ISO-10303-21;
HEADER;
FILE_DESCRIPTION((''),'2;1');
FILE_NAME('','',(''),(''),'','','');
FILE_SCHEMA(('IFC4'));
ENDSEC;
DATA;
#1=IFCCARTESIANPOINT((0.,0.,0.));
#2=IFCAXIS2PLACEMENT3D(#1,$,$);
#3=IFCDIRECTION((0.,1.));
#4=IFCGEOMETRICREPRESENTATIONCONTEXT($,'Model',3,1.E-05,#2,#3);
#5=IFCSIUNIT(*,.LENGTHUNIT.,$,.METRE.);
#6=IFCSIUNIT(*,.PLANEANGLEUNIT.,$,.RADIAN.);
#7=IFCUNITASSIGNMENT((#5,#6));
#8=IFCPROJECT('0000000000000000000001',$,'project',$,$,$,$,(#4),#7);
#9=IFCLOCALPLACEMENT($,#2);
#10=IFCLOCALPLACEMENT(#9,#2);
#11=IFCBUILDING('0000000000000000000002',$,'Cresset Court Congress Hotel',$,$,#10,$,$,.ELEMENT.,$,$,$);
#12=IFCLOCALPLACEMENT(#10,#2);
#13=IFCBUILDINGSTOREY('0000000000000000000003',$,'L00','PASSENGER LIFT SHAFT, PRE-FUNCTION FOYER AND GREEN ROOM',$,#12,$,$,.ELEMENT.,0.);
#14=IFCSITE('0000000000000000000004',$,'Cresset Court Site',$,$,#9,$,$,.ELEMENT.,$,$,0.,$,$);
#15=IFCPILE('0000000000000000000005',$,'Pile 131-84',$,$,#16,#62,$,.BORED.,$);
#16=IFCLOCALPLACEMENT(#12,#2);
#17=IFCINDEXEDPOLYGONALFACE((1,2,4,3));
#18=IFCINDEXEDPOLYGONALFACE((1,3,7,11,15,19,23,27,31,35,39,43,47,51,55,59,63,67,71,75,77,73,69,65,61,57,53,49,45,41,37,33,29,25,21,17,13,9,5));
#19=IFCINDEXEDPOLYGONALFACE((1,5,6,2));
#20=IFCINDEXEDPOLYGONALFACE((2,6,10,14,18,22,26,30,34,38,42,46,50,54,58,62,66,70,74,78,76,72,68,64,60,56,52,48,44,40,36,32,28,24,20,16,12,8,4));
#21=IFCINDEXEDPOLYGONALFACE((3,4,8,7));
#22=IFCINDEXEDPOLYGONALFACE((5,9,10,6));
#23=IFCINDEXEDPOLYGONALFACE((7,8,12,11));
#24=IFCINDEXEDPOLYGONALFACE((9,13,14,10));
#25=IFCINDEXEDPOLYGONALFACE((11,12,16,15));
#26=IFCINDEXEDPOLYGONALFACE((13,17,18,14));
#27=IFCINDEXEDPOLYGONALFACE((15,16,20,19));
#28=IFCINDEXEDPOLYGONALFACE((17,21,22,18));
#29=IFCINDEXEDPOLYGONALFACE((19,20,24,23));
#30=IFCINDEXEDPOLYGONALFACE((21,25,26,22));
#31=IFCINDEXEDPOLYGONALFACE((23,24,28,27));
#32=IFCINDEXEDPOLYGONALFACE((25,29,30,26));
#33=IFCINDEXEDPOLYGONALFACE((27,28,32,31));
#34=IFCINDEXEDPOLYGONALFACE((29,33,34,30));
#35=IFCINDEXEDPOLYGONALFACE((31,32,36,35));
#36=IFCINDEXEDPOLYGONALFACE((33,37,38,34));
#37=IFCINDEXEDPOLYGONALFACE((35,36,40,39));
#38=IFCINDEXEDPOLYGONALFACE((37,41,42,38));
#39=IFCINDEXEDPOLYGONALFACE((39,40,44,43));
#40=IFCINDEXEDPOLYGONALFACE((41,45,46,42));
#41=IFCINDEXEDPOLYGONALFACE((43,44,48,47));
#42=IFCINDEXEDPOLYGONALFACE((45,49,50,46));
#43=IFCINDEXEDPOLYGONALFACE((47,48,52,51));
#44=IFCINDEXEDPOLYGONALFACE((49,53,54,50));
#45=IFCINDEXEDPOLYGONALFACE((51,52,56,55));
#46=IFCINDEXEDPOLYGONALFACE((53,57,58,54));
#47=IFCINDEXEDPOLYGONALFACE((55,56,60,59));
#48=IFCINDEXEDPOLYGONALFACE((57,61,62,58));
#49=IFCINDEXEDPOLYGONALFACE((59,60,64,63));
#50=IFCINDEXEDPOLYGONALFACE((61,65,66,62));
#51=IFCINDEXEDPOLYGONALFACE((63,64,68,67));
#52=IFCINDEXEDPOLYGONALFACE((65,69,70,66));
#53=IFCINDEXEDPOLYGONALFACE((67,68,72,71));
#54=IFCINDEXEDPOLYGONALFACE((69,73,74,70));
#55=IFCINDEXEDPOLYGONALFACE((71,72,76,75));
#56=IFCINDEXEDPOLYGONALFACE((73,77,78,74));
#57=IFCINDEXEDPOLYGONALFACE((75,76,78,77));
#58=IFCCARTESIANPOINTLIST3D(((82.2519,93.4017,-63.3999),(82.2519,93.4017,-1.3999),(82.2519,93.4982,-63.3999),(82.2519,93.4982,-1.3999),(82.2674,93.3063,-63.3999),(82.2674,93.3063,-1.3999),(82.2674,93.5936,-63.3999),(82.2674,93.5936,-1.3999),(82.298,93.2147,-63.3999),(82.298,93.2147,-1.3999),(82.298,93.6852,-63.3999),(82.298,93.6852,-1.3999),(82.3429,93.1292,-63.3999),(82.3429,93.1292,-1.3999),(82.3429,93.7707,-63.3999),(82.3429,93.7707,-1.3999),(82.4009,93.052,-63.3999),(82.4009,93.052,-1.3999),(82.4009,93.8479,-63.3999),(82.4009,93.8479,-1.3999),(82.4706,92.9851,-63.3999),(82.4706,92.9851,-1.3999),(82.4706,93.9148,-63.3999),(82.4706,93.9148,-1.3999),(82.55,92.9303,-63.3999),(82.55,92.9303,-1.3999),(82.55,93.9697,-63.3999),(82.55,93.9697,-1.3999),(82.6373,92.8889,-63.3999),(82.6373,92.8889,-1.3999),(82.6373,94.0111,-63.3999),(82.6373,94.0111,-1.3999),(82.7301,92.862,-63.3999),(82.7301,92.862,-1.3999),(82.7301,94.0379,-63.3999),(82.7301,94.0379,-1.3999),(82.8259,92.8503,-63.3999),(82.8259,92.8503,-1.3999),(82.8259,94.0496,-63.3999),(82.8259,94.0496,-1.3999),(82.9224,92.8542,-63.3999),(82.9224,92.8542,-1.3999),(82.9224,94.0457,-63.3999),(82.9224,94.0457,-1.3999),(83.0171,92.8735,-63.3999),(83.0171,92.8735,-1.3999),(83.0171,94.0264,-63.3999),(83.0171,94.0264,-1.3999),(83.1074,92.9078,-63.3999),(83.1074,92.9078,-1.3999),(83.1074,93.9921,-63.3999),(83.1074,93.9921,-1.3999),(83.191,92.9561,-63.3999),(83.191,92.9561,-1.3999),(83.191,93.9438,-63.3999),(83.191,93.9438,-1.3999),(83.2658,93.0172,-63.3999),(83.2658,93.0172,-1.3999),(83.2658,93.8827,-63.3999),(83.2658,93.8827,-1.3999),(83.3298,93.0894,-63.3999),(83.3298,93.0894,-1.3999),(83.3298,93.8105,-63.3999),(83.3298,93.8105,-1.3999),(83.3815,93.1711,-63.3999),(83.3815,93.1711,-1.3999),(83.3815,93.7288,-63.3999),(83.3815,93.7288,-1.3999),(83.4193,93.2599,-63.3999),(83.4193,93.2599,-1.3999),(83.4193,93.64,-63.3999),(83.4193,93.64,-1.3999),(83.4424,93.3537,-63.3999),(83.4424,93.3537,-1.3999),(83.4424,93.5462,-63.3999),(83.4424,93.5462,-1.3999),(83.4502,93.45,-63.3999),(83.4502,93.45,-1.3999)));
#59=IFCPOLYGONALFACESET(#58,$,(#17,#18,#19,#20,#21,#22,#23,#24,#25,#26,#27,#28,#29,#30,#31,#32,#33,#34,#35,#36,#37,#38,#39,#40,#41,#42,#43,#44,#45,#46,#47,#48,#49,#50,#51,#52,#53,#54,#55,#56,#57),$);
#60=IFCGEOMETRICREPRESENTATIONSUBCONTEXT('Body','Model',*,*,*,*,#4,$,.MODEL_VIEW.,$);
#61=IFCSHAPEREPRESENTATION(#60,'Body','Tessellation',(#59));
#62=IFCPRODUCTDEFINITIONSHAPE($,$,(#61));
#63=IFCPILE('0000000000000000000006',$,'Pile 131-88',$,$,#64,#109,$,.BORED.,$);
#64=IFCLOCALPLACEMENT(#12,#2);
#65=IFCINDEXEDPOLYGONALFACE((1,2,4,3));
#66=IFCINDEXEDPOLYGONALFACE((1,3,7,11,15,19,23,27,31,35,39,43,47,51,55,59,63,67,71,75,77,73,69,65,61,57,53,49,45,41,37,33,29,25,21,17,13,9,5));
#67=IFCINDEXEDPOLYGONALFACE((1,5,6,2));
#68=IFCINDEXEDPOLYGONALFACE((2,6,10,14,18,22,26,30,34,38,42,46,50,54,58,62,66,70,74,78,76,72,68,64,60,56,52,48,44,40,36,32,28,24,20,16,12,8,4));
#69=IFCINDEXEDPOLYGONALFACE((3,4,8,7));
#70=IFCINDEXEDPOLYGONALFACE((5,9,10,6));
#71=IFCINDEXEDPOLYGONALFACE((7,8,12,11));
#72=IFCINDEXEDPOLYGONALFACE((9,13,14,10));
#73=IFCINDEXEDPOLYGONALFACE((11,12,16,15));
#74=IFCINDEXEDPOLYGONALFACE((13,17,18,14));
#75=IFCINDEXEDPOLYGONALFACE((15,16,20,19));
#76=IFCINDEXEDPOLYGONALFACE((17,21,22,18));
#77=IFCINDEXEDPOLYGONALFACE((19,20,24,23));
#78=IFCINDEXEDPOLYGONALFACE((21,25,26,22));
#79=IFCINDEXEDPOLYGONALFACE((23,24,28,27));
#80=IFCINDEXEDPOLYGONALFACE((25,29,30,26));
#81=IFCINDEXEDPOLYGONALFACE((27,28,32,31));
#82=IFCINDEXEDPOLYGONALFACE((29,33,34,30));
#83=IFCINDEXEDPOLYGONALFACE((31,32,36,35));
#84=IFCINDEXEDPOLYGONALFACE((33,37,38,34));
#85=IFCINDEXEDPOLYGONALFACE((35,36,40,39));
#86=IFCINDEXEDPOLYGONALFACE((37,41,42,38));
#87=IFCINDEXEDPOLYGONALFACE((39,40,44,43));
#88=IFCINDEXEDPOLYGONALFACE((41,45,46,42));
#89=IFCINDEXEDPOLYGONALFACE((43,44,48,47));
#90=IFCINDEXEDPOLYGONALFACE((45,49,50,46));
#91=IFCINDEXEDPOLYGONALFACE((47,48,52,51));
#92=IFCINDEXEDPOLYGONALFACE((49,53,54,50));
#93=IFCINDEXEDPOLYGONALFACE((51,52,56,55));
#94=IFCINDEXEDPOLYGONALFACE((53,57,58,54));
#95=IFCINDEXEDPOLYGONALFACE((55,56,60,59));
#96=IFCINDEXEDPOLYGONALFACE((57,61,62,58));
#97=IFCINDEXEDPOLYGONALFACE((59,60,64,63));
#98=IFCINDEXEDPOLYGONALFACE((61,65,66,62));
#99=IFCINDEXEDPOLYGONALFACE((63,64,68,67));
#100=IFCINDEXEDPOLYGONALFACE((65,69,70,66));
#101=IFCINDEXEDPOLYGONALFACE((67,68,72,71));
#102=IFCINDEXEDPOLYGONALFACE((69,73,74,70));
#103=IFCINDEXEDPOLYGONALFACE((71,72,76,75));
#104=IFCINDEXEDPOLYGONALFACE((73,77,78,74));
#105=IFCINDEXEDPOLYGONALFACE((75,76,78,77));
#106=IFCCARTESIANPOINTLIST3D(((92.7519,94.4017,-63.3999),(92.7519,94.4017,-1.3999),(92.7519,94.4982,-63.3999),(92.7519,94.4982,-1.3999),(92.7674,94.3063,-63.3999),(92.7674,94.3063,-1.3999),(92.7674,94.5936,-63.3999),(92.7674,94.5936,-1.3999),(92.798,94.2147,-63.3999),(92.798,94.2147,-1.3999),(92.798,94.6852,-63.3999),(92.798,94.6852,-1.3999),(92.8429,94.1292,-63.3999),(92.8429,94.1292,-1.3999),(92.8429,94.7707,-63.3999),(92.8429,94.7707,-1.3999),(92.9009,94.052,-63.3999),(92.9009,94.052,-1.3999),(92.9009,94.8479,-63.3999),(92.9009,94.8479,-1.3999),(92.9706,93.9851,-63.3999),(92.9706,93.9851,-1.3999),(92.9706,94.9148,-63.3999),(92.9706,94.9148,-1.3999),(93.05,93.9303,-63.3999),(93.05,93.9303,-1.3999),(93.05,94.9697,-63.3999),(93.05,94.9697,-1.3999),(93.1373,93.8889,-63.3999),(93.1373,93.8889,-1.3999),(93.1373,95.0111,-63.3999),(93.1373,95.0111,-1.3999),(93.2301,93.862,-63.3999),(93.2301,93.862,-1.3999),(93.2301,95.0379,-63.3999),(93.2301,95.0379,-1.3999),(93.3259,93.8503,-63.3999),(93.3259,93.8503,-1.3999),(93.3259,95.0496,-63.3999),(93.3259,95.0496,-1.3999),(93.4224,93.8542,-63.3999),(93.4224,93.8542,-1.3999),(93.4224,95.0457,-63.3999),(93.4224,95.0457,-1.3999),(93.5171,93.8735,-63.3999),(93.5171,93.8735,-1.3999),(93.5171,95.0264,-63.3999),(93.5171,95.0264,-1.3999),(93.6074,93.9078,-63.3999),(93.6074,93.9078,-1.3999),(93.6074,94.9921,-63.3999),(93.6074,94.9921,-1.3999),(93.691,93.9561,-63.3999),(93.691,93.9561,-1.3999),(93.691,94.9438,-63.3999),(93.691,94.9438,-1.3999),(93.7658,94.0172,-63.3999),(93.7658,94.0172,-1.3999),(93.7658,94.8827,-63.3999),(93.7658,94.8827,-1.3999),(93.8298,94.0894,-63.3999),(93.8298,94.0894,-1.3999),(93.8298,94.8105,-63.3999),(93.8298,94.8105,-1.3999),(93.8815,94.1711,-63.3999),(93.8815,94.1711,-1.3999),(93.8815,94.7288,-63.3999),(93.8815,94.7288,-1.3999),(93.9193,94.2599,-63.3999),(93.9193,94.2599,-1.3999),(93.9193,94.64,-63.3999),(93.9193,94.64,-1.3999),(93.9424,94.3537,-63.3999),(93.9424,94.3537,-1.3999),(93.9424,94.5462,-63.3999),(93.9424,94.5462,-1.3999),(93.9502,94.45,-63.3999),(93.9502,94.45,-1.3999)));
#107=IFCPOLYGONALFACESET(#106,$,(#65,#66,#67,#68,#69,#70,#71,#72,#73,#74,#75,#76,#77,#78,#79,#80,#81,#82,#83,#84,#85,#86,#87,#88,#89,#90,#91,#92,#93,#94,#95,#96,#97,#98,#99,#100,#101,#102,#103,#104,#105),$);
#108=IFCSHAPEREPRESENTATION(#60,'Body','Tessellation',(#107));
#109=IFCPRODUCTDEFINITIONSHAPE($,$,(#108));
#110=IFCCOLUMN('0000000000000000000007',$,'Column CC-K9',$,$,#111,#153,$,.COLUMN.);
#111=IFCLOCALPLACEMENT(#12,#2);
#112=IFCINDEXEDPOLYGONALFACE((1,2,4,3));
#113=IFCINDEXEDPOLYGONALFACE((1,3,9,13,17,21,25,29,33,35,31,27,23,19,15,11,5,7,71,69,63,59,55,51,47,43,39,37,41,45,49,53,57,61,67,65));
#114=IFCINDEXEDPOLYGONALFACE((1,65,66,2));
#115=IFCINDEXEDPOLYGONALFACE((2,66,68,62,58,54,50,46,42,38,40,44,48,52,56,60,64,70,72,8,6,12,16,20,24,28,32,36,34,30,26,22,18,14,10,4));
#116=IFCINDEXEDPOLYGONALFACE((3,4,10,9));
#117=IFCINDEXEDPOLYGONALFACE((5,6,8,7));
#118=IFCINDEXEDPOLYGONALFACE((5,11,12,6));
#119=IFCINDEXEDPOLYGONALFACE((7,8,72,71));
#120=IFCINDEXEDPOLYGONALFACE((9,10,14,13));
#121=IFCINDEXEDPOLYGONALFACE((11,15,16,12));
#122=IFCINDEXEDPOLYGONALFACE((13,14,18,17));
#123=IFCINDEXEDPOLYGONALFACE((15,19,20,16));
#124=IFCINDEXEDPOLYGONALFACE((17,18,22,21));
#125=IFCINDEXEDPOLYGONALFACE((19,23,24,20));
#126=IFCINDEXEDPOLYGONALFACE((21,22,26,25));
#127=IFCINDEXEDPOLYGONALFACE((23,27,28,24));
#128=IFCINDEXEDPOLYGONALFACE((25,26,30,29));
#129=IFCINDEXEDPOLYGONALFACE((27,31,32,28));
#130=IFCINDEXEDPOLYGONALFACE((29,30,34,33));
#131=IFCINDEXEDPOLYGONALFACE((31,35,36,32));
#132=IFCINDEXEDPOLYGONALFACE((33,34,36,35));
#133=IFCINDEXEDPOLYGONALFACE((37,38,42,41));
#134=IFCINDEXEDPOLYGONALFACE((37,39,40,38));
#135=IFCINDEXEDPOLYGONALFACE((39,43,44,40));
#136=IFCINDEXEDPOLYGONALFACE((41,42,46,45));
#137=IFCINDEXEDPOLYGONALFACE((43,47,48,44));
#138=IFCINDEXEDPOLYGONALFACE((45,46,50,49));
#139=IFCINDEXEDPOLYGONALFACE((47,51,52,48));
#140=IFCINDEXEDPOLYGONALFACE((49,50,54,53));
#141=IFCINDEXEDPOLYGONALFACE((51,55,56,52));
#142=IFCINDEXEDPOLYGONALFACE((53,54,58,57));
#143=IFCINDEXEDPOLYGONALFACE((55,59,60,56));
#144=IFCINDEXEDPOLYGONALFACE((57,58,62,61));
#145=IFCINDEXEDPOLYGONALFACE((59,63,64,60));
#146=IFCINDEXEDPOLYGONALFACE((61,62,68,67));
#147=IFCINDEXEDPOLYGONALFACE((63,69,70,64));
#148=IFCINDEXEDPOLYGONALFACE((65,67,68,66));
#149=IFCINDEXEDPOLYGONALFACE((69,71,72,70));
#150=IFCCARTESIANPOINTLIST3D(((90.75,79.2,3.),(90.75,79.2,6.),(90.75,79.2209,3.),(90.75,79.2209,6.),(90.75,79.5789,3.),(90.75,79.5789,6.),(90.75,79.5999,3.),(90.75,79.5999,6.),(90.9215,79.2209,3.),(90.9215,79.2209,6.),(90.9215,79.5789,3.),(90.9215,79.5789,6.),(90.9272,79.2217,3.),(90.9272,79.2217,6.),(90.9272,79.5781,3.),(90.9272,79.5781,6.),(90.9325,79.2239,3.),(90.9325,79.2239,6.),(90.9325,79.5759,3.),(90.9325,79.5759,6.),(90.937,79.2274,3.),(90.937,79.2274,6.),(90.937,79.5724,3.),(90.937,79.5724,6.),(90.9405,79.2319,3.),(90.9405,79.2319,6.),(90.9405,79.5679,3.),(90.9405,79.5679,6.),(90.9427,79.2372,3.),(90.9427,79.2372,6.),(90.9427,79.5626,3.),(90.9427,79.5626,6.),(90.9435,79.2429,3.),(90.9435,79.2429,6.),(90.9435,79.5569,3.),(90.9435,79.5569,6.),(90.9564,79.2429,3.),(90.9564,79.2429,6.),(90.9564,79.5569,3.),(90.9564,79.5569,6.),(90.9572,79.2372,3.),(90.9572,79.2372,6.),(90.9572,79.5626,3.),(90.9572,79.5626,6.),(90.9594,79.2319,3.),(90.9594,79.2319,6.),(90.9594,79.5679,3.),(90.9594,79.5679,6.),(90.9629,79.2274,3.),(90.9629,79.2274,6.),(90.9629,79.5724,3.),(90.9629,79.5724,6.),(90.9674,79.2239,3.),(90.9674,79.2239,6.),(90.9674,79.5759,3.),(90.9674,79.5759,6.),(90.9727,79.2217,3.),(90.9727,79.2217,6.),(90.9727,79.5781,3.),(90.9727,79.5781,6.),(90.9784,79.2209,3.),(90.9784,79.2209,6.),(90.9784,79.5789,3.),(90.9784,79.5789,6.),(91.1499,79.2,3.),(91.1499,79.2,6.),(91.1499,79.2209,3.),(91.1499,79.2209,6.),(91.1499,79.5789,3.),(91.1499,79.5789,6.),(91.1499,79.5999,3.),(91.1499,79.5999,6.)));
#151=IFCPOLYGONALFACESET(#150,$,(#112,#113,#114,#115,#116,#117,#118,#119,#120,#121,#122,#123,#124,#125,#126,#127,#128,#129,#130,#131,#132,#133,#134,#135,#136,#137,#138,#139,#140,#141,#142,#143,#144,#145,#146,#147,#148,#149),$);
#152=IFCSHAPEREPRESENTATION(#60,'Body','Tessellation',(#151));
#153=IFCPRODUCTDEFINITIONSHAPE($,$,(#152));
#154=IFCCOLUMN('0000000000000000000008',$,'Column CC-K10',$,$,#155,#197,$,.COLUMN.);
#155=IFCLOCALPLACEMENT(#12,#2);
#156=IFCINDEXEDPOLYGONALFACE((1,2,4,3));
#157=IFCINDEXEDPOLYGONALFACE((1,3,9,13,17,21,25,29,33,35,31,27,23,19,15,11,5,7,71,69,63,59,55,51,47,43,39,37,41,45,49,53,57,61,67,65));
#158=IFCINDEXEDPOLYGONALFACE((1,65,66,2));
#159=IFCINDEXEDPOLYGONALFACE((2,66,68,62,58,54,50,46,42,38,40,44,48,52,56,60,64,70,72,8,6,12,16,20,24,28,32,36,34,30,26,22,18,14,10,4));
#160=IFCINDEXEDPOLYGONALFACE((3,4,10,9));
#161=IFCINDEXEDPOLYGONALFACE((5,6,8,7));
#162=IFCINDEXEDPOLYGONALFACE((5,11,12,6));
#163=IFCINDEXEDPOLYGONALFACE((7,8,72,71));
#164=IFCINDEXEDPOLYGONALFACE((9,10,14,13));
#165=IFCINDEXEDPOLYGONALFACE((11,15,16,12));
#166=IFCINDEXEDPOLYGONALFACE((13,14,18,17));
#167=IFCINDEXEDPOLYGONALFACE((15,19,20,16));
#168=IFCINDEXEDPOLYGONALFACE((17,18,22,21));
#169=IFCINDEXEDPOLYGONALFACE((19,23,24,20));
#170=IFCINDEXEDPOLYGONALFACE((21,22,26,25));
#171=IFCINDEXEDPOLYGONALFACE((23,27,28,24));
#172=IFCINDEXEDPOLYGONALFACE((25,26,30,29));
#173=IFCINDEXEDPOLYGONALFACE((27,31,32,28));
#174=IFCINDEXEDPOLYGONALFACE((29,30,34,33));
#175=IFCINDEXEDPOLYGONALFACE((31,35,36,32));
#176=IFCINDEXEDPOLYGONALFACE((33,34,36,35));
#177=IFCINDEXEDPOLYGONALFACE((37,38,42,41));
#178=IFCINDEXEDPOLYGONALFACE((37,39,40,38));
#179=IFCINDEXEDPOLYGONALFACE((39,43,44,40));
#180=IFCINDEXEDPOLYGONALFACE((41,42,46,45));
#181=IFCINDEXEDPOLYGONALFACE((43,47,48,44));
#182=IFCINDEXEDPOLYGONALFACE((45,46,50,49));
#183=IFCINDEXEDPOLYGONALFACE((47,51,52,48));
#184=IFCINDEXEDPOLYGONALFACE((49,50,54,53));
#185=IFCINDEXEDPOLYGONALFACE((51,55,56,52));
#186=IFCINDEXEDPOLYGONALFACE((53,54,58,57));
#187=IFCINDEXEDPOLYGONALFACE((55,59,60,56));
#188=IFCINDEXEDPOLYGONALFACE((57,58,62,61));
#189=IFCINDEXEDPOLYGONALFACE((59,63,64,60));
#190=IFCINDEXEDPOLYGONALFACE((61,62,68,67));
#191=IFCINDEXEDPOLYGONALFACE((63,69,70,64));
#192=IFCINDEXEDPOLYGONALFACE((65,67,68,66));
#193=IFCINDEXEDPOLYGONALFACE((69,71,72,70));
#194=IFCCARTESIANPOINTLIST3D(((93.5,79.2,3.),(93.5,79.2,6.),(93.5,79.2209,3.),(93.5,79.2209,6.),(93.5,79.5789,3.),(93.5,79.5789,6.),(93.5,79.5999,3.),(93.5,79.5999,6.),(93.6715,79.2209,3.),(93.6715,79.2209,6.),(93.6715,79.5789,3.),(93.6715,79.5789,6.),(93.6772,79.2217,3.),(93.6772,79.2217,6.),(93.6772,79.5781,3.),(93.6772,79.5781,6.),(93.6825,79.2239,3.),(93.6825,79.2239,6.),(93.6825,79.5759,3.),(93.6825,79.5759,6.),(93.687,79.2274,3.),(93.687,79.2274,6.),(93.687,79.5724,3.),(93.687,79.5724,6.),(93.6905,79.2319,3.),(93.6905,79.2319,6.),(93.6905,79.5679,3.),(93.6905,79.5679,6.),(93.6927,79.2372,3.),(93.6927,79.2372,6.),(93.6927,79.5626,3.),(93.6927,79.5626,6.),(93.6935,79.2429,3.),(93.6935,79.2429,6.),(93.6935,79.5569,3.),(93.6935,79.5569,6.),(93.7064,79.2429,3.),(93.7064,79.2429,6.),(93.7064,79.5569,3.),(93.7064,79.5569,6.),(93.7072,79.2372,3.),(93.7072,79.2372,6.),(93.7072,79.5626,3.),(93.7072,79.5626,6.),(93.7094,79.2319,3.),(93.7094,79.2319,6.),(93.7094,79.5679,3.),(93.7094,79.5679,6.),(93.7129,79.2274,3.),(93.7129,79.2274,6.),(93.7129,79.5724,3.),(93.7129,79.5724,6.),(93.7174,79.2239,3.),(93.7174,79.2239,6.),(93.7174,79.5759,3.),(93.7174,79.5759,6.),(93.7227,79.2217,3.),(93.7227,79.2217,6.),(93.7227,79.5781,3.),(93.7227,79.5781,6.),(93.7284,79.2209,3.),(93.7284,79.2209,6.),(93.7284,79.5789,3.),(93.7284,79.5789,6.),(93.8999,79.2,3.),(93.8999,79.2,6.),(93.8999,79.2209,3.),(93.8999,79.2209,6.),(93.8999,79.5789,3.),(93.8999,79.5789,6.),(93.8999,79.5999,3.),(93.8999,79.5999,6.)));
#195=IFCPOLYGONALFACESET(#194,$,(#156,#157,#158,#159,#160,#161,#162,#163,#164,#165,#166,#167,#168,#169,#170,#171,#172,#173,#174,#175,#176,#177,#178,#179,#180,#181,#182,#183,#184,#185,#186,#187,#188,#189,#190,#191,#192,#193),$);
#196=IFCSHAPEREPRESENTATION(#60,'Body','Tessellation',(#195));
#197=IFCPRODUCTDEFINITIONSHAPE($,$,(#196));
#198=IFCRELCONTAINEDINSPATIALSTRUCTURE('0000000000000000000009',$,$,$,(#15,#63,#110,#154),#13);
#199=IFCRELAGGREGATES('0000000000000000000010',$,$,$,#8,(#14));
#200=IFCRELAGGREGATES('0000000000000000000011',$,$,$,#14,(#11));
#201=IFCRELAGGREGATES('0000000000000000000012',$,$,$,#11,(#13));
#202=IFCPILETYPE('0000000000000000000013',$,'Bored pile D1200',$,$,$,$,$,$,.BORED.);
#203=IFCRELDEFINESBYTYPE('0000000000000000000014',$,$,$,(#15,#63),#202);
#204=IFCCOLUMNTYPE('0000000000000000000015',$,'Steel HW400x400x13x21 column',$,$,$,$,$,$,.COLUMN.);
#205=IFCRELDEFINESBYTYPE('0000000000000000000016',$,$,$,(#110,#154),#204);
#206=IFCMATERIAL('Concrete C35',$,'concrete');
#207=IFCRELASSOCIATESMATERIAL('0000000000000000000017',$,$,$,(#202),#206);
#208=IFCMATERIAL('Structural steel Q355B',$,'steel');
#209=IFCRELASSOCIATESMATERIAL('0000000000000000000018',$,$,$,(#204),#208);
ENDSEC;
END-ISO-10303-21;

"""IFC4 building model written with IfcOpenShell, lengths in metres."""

from ifc_helpers import new_model, si_unit, direction, frame, origin, origin_2d, place, context, subcontext, project, spatial, circle, i_section, extrude, material, material_profile, profile_set, type_object, element, save


model = new_model("IFC4")

# Units and contexts
model_context = context("Model", 3, precision=1e-05, world=origin(), true_north=direction((0.0, 1.0)))
body_context = subcontext(model_context, "Body", "Model", "MODEL_VIEW")
ifc_project = project(units=[si_unit("LENGTHUNIT", "METRE"), si_unit("PLANEANGLEUNIT", "RADIAN")], contexts=[model_context])

# Site, building, storey
site_placement = place(None, origin())
site = spatial("IfcSite", under=ifc_project, at=site_placement, Name="Cresset Court Site", CompositionType="ELEMENT", RefElevation=0.0)
building_placement = place(site_placement, origin())
building = spatial("IfcBuilding", under=site, at=building_placement, Name="Cresset Court Congress Hotel", CompositionType="ELEMENT")
storey_placement = place(building_placement, origin())
storey = spatial("IfcBuildingStorey", under=building, at=storey_placement, Name="L00", Description="PASSENGER LIFT SHAFT, PRE-FUNCTION FOYER AND GREEN ROOM", CompositionType="ELEMENT", Elevation=0.0)

# Piles
ifc_material_1 = material(Name="Concrete C35", Category="concrete")
pile_type = type_object("IfcPileType", Name="Bored pile D1200", PredefinedType="BORED", material=ifc_material_1)
for number, where, z_axis, x_axis, name in (
    (1, (82.8501, 93.45, -1.3999), (0.0, 0.0, -1.0), (1.0, 0.0, 0.0), "Pile 131-84"),
    (2, (93.3501, 94.45, -1.3999), (0.0, 0.0, -1.0), (1.0, 0.0, 0.0), "Pile 131-88"),
):
    element("IfcPile", number, at=place(storey_placement, frame(where, z_axis=z_axis, x_axis=x_axis)), inside=storey, type_object=pile_type, Name=name, PredefinedType="BORED", context=body_context, shape_type="SweptSolid", body=[
        extrude(circle(Radius=0.6001, at=origin_2d()), origin(), (0.0, 0.0, 1.0), 62.0),
    ])

# Columns
ifc_material_2 = material(Name="Structural steel Q355B", Category="steel")
ifc_material_profile = material_profile(ifc_material_2, i_section(OverallWidth=0.3999, OverallDepth=0.3999, WebThickness=0.0129, FlangeThickness=0.021, FilletRadius=0.022, at=origin_2d()), Name="HW400x400x13x21")
ifc_profile_set = profile_set([ifc_material_profile], Name="Structural steel Q355B")
column_type = type_object("IfcColumnType", Name="Steel HW400x400x13x21 column", PredefinedType="COLUMN", material=ifc_profile_set)
for number, where, z_axis, x_axis, name in (
    (3, (90.95, 79.3999, 3.0), (0.0, 0.0, 1.0), (1.0, 0.0, 0.0), "Column CC-K9"),
    (4, (93.7, 79.3999, 3.0), (0.0, 0.0, 1.0), (1.0, 0.0, 0.0), "Column CC-K10"),
):
    element("IfcColumn", number, at=place(storey_placement, frame(where, z_axis=z_axis, x_axis=x_axis)), inside=storey, type_object=column_type, Name=name, PredefinedType="COLUMN", context=body_context, shape_type="SweptSolid", body=[
        extrude(i_section(OverallWidth=0.3999, OverallDepth=0.3999, WebThickness=0.0129, FlangeThickness=0.021, FilletRadius=0.022, at=origin_2d()), origin(), (0.0, 0.0, 1.0), 3.0),
    ])

save(model, "model.ifc")
